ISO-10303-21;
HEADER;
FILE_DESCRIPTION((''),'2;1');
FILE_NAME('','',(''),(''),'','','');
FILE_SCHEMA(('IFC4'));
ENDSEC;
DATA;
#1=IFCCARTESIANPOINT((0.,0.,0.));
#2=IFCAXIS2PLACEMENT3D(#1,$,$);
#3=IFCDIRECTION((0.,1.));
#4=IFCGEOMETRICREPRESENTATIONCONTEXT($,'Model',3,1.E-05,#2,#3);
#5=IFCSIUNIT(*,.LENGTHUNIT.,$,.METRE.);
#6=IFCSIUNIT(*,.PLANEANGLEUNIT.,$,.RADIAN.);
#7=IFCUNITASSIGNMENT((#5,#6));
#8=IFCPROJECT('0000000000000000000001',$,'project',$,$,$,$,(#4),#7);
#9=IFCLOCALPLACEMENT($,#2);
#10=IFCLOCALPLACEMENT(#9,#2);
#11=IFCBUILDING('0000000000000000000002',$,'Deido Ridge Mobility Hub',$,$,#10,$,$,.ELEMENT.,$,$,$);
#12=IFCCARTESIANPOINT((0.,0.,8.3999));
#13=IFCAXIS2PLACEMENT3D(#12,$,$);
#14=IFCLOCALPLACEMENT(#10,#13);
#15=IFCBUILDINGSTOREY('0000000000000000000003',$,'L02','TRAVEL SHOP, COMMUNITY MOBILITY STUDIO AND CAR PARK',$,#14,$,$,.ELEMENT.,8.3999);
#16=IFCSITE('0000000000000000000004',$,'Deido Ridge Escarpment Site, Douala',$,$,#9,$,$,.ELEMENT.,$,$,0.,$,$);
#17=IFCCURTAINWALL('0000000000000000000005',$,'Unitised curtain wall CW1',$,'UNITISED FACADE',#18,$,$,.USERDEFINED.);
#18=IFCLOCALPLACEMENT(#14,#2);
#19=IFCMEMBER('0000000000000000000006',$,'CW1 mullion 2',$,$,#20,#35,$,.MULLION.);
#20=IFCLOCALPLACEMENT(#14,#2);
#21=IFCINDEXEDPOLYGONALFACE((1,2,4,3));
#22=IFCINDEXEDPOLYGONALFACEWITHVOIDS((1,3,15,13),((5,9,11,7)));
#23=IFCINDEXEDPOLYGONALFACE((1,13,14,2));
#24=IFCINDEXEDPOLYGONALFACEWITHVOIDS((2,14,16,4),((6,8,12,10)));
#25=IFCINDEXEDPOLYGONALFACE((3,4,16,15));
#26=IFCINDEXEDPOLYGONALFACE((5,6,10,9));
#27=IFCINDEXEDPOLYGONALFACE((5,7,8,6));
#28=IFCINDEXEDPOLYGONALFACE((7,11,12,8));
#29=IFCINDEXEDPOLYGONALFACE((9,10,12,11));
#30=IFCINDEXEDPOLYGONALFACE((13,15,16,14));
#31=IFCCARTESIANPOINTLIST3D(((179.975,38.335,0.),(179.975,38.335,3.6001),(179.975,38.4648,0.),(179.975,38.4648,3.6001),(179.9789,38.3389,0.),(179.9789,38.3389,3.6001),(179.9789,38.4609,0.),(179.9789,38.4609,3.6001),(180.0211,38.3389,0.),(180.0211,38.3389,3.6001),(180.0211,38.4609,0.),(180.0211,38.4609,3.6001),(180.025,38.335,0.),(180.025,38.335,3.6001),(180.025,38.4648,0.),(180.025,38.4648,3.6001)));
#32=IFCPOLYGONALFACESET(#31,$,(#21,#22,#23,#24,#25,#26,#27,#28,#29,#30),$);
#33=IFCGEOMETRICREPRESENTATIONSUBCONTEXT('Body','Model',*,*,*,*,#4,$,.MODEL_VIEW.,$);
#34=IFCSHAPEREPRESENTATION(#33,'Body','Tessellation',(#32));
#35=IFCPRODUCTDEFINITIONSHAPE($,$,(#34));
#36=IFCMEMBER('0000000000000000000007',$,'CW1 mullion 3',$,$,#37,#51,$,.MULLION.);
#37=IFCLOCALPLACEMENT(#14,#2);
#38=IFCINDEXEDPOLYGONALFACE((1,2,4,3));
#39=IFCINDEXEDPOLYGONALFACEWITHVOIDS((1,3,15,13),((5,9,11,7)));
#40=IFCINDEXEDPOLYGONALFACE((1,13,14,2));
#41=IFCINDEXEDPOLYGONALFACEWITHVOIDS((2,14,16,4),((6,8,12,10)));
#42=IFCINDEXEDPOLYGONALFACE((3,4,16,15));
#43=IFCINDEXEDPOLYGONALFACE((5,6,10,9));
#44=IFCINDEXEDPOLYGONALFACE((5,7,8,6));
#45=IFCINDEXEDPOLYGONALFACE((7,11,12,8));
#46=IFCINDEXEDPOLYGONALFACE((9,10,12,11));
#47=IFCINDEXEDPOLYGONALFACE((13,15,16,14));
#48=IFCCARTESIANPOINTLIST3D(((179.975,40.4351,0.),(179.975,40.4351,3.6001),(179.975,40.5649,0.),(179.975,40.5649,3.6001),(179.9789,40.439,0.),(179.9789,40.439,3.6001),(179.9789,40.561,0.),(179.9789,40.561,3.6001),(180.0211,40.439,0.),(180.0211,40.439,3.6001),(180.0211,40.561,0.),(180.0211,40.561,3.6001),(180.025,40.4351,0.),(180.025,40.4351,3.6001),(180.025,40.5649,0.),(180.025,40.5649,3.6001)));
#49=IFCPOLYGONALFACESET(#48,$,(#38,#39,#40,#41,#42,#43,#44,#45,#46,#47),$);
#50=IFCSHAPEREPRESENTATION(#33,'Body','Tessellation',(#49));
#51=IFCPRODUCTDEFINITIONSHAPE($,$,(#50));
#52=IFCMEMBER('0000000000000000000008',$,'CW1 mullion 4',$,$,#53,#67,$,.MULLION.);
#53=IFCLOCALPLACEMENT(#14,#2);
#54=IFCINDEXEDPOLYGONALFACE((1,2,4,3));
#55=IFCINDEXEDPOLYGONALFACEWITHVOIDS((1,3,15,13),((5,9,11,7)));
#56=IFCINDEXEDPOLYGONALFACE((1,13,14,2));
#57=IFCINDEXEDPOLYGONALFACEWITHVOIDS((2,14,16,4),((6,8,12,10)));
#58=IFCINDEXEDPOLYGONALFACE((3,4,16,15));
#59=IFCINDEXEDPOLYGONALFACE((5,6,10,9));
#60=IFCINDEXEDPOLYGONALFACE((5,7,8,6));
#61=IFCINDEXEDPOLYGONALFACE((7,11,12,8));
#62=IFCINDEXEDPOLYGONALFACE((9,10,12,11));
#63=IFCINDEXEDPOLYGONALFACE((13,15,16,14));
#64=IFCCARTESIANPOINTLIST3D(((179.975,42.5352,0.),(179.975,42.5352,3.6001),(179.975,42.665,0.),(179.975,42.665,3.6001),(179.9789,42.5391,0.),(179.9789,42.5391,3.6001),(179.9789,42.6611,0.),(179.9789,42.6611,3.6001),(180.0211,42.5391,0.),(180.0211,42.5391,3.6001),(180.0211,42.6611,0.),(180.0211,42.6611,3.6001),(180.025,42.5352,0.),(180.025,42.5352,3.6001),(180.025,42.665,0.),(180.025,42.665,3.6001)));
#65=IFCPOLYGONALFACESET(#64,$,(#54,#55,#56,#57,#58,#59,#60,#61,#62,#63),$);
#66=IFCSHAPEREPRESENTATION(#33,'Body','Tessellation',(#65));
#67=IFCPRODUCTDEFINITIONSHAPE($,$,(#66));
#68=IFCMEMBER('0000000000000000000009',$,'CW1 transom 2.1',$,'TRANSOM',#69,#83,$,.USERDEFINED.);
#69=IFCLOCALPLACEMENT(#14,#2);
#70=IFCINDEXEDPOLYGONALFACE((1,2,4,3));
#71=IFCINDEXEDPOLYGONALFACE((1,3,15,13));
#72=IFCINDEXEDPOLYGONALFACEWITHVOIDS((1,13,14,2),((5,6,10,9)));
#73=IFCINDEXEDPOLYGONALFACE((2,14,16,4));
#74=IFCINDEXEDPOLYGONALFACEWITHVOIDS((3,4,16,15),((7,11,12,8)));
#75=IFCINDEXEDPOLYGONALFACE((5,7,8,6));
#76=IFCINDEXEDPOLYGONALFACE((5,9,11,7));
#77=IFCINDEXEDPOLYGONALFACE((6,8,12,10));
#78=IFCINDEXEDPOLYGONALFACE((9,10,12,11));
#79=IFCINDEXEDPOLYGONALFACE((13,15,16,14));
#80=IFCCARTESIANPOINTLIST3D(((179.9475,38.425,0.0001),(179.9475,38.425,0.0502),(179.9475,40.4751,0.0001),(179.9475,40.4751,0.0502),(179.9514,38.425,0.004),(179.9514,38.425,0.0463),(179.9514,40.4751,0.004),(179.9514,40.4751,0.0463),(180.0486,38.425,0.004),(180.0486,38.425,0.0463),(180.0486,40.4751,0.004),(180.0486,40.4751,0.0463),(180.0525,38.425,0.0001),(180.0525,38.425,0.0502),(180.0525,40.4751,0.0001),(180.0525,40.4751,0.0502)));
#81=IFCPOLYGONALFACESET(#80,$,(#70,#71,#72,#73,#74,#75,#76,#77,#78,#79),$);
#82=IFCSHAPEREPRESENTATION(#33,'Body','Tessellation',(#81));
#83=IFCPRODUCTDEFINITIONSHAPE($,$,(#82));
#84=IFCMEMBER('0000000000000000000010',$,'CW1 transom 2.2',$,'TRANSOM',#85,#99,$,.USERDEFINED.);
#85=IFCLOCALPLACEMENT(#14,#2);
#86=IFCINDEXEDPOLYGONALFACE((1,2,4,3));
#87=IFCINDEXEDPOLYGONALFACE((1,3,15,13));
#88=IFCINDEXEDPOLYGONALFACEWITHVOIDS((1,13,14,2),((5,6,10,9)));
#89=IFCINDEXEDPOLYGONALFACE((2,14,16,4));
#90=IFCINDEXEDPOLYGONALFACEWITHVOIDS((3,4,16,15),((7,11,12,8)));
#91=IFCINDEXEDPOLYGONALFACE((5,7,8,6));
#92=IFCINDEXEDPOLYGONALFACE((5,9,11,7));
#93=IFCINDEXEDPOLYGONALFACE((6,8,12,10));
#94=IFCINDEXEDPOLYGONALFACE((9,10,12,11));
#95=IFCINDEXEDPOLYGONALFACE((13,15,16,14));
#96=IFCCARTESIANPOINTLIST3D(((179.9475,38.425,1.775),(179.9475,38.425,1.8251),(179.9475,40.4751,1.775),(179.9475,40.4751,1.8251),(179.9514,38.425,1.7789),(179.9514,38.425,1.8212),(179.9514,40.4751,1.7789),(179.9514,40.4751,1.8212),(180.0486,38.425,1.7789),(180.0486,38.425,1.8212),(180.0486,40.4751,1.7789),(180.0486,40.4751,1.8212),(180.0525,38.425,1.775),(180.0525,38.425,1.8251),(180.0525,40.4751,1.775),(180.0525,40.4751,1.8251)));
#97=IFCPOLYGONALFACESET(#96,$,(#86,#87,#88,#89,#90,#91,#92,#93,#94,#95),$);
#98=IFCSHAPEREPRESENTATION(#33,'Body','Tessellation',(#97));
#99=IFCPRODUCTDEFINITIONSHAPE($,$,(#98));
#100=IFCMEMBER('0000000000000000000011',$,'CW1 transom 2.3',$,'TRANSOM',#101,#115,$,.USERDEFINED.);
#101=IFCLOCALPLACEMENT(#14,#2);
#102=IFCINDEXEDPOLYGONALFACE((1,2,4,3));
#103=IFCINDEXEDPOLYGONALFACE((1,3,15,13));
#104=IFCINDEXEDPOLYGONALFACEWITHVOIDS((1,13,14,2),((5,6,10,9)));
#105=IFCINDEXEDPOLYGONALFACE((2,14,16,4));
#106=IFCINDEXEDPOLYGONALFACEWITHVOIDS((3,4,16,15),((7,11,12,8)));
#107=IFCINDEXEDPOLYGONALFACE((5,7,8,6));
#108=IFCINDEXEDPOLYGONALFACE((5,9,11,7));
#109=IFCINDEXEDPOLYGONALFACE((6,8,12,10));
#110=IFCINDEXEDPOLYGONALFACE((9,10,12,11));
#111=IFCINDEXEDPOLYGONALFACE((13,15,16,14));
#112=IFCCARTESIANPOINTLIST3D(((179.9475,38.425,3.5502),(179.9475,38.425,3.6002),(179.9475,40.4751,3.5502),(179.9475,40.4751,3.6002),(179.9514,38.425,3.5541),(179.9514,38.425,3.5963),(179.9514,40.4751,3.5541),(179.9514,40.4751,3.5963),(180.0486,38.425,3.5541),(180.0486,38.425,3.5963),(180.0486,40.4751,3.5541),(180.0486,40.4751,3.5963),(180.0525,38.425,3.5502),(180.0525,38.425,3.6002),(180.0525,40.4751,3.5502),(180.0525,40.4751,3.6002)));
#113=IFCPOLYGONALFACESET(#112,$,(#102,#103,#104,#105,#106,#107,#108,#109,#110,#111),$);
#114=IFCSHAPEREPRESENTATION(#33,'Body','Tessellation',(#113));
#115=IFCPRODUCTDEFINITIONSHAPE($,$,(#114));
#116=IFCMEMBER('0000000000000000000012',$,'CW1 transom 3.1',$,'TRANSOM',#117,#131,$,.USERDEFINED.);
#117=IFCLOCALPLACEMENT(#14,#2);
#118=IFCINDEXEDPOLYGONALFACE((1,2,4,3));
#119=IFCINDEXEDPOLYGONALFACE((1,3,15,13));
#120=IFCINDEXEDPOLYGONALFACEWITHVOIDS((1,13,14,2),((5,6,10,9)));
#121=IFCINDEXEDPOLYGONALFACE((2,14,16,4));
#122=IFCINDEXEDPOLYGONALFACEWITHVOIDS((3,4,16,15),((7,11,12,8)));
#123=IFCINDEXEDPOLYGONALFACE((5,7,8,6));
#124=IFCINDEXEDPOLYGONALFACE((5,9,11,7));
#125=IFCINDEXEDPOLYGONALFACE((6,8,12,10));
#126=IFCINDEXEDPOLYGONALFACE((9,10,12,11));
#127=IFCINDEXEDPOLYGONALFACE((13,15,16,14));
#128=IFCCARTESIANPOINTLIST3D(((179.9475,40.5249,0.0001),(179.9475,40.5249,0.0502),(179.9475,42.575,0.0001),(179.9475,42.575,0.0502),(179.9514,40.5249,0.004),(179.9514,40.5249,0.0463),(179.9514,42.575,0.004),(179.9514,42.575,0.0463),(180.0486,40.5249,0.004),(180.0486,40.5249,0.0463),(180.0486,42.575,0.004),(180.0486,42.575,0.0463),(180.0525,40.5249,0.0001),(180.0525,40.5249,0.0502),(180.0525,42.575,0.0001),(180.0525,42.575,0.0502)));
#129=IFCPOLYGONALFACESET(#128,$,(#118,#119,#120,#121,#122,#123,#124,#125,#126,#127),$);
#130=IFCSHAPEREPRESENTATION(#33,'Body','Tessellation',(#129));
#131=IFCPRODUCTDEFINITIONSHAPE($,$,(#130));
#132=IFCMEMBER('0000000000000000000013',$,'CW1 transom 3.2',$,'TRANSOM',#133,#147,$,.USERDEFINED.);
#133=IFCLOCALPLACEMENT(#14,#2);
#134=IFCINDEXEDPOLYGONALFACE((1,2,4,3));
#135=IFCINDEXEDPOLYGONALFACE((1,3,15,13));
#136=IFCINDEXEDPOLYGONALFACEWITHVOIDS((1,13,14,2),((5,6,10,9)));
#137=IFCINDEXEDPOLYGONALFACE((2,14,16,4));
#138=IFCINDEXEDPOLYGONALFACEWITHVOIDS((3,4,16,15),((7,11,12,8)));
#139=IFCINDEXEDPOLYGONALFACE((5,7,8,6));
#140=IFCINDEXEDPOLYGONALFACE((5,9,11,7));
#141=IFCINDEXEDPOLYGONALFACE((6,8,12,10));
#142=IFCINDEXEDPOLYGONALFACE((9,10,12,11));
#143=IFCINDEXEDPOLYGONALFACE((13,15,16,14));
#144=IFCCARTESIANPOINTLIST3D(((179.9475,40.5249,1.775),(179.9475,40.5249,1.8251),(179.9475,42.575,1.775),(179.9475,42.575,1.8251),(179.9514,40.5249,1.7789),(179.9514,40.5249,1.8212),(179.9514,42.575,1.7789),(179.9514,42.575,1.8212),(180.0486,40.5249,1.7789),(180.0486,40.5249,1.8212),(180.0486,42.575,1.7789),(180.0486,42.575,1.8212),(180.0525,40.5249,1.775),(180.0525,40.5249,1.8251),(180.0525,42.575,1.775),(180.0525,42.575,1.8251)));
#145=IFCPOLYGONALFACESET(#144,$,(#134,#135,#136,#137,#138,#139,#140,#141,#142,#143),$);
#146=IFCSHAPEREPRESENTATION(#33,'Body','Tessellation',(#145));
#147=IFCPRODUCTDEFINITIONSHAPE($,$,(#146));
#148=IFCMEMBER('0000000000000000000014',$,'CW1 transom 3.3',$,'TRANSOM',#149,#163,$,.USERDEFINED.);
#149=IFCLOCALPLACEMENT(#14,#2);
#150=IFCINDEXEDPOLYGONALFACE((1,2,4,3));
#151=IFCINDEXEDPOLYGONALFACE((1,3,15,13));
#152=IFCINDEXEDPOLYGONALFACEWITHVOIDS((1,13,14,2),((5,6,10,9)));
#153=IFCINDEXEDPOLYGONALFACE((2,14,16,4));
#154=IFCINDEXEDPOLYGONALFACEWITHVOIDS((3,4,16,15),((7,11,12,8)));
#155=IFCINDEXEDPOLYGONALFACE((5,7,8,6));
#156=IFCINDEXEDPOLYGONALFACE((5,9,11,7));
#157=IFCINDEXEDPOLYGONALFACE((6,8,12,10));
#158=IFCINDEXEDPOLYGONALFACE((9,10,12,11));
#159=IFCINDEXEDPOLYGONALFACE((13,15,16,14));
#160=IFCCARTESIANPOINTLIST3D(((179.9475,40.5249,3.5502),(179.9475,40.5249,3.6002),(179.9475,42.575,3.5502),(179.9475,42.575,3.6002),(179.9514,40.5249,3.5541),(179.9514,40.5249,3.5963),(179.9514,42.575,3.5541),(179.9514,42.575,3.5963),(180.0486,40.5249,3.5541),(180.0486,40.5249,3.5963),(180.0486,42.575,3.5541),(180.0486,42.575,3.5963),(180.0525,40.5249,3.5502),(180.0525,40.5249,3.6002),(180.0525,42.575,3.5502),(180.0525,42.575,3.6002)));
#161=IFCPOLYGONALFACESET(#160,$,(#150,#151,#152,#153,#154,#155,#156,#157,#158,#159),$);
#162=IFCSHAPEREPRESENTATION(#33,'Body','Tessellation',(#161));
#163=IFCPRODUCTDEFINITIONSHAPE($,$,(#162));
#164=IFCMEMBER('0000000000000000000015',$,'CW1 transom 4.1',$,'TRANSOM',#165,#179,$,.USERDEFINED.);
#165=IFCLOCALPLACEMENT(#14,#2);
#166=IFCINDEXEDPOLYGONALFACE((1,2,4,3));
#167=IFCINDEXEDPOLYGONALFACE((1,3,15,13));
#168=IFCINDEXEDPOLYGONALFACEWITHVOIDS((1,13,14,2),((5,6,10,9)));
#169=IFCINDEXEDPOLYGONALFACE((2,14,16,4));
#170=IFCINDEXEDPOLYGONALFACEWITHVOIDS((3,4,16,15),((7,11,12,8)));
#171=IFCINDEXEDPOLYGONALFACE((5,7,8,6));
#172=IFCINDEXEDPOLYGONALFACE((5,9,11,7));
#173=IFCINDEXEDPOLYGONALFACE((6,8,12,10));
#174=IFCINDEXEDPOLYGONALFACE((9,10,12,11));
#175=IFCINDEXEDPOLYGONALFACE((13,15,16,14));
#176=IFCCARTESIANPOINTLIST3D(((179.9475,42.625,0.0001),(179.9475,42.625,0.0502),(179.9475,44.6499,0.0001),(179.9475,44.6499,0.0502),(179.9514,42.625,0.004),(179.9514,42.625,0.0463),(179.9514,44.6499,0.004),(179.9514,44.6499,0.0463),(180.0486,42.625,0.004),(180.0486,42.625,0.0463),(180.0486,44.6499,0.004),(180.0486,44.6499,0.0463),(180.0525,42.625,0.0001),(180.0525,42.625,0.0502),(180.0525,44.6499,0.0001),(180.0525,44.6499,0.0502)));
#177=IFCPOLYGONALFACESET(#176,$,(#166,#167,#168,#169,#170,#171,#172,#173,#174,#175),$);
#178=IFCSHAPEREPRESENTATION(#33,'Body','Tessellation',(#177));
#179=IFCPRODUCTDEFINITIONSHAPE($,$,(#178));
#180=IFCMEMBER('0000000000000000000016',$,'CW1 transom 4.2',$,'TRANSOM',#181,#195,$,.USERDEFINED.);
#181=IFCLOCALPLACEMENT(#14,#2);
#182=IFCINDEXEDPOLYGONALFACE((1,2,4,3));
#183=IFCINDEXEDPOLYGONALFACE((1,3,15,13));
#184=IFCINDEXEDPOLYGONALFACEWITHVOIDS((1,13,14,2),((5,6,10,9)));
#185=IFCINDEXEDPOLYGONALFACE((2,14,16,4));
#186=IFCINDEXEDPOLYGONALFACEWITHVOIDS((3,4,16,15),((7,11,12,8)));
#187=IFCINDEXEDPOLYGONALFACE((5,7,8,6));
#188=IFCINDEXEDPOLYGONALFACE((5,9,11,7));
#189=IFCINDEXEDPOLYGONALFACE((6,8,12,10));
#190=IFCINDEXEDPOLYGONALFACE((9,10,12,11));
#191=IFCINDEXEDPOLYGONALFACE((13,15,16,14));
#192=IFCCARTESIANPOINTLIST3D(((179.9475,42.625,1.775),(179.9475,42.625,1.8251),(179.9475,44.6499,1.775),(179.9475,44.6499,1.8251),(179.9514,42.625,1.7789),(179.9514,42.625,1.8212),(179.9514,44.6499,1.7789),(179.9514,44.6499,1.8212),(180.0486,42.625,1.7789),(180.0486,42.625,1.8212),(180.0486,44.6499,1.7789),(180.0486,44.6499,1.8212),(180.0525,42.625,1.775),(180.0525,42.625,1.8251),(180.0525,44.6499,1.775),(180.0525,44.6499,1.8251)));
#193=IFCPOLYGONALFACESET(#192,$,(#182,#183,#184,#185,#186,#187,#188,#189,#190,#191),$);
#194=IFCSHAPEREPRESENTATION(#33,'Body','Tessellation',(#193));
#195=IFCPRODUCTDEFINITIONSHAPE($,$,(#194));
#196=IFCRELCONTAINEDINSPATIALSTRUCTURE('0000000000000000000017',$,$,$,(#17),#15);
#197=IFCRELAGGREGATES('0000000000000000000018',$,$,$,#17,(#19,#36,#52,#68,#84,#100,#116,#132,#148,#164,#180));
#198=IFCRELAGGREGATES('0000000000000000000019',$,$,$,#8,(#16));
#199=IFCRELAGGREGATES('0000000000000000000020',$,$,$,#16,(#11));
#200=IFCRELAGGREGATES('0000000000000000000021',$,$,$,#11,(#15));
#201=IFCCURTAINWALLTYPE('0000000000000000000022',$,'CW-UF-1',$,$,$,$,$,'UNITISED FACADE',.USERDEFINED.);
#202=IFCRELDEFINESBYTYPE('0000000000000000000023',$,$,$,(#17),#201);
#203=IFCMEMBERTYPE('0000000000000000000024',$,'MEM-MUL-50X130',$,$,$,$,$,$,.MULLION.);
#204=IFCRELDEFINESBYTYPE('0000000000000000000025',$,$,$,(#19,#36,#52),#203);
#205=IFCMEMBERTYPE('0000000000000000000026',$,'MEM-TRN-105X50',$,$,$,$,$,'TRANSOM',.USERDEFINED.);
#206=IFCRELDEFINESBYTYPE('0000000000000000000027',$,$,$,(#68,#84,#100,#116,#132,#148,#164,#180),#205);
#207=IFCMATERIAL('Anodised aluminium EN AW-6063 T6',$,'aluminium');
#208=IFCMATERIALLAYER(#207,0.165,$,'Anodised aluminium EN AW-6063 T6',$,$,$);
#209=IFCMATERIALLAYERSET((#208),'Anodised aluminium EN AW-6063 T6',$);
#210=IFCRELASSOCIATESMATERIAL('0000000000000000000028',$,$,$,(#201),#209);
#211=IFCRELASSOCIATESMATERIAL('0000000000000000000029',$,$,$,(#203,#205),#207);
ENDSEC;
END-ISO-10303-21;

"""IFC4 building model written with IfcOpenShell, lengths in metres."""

from ifc_helpers import new_model, si_unit, direction, frame, origin, origin_2d, place, context, subcontext, project, spatial, hollow_rectangle, extrude, material, layer, layer_set, material_profile, profile_set, type_object, element, aggregate, save


model = new_model("IFC4")

# Units and contexts
model_context = context("Model", 3, precision=1e-05, world=origin(), true_north=direction((0.0, 1.0)))
body_context = subcontext(model_context, "Body", "Model", "MODEL_VIEW")
ifc_project = project(units=[si_unit("LENGTHUNIT", "METRE"), si_unit("PLANEANGLEUNIT", "RADIAN")], contexts=[model_context])

# Site, building, storey
site_placement = place(None, origin())
site = spatial("IfcSite", under=ifc_project, at=site_placement, Name="Deido Ridge Escarpment Site, Douala", CompositionType="ELEMENT", RefElevation=0.0)
building_placement = place(site_placement, origin())
building = spatial("IfcBuilding", under=site, at=building_placement, Name="Deido Ridge Mobility Hub", CompositionType="ELEMENT")
storey_placement = place(building_placement, frame((0.0, 0.0, 8.3999)))
storey = spatial("IfcBuildingStorey", under=building, at=storey_placement, Name="L02", Description="TRAVEL SHOP, COMMUNITY MOBILITY STUDIO AND CAR PARK", CompositionType="ELEMENT", Elevation=8.3999)

# Curtain wall, members
ifc_material_1 = material(Name="Anodised aluminium EN AW-6063 T6", Category="aluminium")
ifc_layer_1 = layer(ifc_material_1, 0.165, Name="Anodised aluminium EN AW-6063 T6")
ifc_layer_set_1 = layer_set([ifc_layer_1], Name="Anodised aluminium EN AW-6063 T6")
curtain_wall_type = type_object("IfcCurtainWallType", Name="CW-UF-1", ElementType="UNITISED FACADE", PredefinedType="USERDEFINED", material=ifc_layer_set_1)
curtain_wall_placement = place(storey_placement, origin())
curtain_wall = element("IfcCurtainWall", 1, at=curtain_wall_placement, inside=storey, type_object=curtain_wall_type, Name="Unitised curtain wall CW1", ObjectType="UNITISED FACADE", PredefinedType="USERDEFINED")
ifc_material_profile_1 = material_profile(ifc_material_1, hollow_rectangle(XDim=0.05, YDim=0.1299, WallThickness=0.0039, at=origin_2d()), Name="RHS 50x130x4")
ifc_profile_set_1 = profile_set([ifc_material_profile_1], Name="Anodised aluminium EN AW-6063 T6")
member_type_1 = type_object("IfcMemberType", Name="MEM-MUL-50X130", PredefinedType="MULLION", material=ifc_profile_set_1)
member_1_placement = place(storey_placement, frame((180.0, 38.3999, 0.0), z_axis=(0.0, 0.0, 1.0), x_axis=(-1.0, 0.0, 0.0)))
member_1 = element("IfcMember", 2, at=member_1_placement, type_object=member_type_1, Name="CW1 mullion 2", PredefinedType="MULLION", context=body_context, shape_type="SweptSolid", body=[
    extrude(hollow_rectangle(XDim=0.05, YDim=0.1299, WallThickness=0.0039, at=origin_2d()), origin(), (0.0, 0.0, 1.0), 3.6001),
])
member_2_placement = place(storey_placement, frame((180.0, 40.5, 0.0), z_axis=(0.0, 0.0, 1.0), x_axis=(-1.0, 0.0, 0.0)))
member_2 = element("IfcMember", 3, at=member_2_placement, type_object=member_type_1, Name="CW1 mullion 3", PredefinedType="MULLION", context=body_context, shape_type="SweptSolid", body=[
    extrude(hollow_rectangle(XDim=0.05, YDim=0.1299, WallThickness=0.0039, at=origin_2d()), origin(), (0.0, 0.0, 1.0), 3.6001),
])
member_3_placement = place(storey_placement, frame((180.0, 42.6001, 0.0), z_axis=(0.0, 0.0, 1.0), x_axis=(-1.0, 0.0, 0.0)))
member_3 = element("IfcMember", 4, at=member_3_placement, type_object=member_type_1, Name="CW1 mullion 4", PredefinedType="MULLION", context=body_context, shape_type="SweptSolid", body=[
    extrude(hollow_rectangle(XDim=0.05, YDim=0.1299, WallThickness=0.0039, at=origin_2d()), origin(), (0.0, 0.0, 1.0), 3.6001),
])
ifc_material_profile_2 = material_profile(ifc_material_1, hollow_rectangle(XDim=0.105, YDim=0.05, WallThickness=0.0039, at=origin_2d()), Name="RHS 105x50x4")
ifc_profile_set_2 = profile_set([ifc_material_profile_2], Name="Anodised aluminium EN AW-6063 T6")
member_type_2 = type_object("IfcMemberType", Name="MEM-TRN-105X50", ElementType="TRANSOM", PredefinedType="USERDEFINED", material=ifc_profile_set_2)
member_4_placement = place(storey_placement, frame((180.0, 38.425, 0.0251), z_axis=(0.0, 1.0, 0.0), x_axis=(-1.0, 0.0, 0.0)))
member_4 = element("IfcMember", 5, at=member_4_placement, type_object=member_type_2, Name="CW1 transom 2.1", ObjectType="TRANSOM", PredefinedType="USERDEFINED", context=body_context, shape_type="SweptSolid", body=[
    extrude(hollow_rectangle(XDim=0.105, YDim=0.05, WallThickness=0.0039, at=origin_2d()), origin(), (0.0, 0.0, 1.0), 2.05),
])
member_5_placement = place(storey_placement, frame((180.0, 38.425, 1.8), z_axis=(0.0, 1.0, 0.0), x_axis=(-1.0, 0.0, 0.0)))
member_5 = element("IfcMember", 6, at=member_5_placement, type_object=member_type_2, Name="CW1 transom 2.2", ObjectType="TRANSOM", PredefinedType="USERDEFINED", context=body_context, shape_type="SweptSolid", body=[
    extrude(hollow_rectangle(XDim=0.105, YDim=0.05, WallThickness=0.0039, at=origin_2d()), origin(), (0.0, 0.0, 1.0), 2.05),
])
member_6_placement = place(storey_placement, frame((180.0, 38.425, 3.5752), z_axis=(0.0, 1.0, 0.0), x_axis=(-1.0, 0.0, 0.0)))
member_6 = element("IfcMember", 7, at=member_6_placement, type_object=member_type_2, Name="CW1 transom 2.3", ObjectType="TRANSOM", PredefinedType="USERDEFINED", context=body_context, shape_type="SweptSolid", body=[
    extrude(hollow_rectangle(XDim=0.105, YDim=0.05, WallThickness=0.0039, at=origin_2d()), origin(), (0.0, 0.0, 1.0), 2.05),
])
member_7_placement = place(storey_placement, frame((180.0, 40.5249, 0.0251), z_axis=(0.0, 1.0, 0.0), x_axis=(-1.0, 0.0, 0.0)))
member_7 = element("IfcMember", 8, at=member_7_placement, type_object=member_type_2, Name="CW1 transom 3.1", ObjectType="TRANSOM", PredefinedType="USERDEFINED", context=body_context, shape_type="SweptSolid", body=[
    extrude(hollow_rectangle(XDim=0.105, YDim=0.05, WallThickness=0.0039, at=origin_2d()), origin(), (0.0, 0.0, 1.0), 2.05),
])
member_8_placement = place(storey_placement, frame((180.0, 40.5249, 1.8), z_axis=(0.0, 1.0, 0.0), x_axis=(-1.0, 0.0, 0.0)))
member_8 = element("IfcMember", 9, at=member_8_placement, type_object=member_type_2, Name="CW1 transom 3.2", ObjectType="TRANSOM", PredefinedType="USERDEFINED", context=body_context, shape_type="SweptSolid", body=[
    extrude(hollow_rectangle(XDim=0.105, YDim=0.05, WallThickness=0.0039, at=origin_2d()), origin(), (0.0, 0.0, 1.0), 2.05),
])
member_9_placement = place(storey_placement, frame((180.0, 40.5249, 3.5752), z_axis=(0.0, 1.0, 0.0), x_axis=(-1.0, 0.0, 0.0)))
member_9 = element("IfcMember", 10, at=member_9_placement, type_object=member_type_2, Name="CW1 transom 3.3", ObjectType="TRANSOM", PredefinedType="USERDEFINED", context=body_context, shape_type="SweptSolid", body=[
    extrude(hollow_rectangle(XDim=0.105, YDim=0.05, WallThickness=0.0039, at=origin_2d()), origin(), (0.0, 0.0, 1.0), 2.05),
])
member_10_placement = place(storey_placement, frame((180.0, 42.625, 0.0251), z_axis=(0.0, 1.0, 0.0), x_axis=(-1.0, 0.0, 0.0)))
member_10 = element("IfcMember", 11, at=member_10_placement, type_object=member_type_2, Name="CW1 transom 4.1", ObjectType="TRANSOM", PredefinedType="USERDEFINED", context=body_context, shape_type="SweptSolid", body=[
    extrude(hollow_rectangle(XDim=0.105, YDim=0.05, WallThickness=0.0039, at=origin_2d()), origin(), (0.0, 0.0, 1.0), 2.0249),
])
member_11_placement = place(storey_placement, frame((180.0, 42.625, 1.8), z_axis=(0.0, 1.0, 0.0), x_axis=(-1.0, 0.0, 0.0)))
member_11 = element("IfcMember", 12, at=member_11_placement, type_object=member_type_2, Name="CW1 transom 4.2", ObjectType="TRANSOM", PredefinedType="USERDEFINED", context=body_context, shape_type="SweptSolid", body=[
    extrude(hollow_rectangle(XDim=0.105, YDim=0.05, WallThickness=0.0039, at=origin_2d()), origin(), (0.0, 0.0, 1.0), 2.0249),
])
aggregate(curtain_wall, [member_1, member_2, member_3, member_4, member_5, member_6, member_7, member_8, member_9, member_10, member_11])

save(model, "model.ifc")
